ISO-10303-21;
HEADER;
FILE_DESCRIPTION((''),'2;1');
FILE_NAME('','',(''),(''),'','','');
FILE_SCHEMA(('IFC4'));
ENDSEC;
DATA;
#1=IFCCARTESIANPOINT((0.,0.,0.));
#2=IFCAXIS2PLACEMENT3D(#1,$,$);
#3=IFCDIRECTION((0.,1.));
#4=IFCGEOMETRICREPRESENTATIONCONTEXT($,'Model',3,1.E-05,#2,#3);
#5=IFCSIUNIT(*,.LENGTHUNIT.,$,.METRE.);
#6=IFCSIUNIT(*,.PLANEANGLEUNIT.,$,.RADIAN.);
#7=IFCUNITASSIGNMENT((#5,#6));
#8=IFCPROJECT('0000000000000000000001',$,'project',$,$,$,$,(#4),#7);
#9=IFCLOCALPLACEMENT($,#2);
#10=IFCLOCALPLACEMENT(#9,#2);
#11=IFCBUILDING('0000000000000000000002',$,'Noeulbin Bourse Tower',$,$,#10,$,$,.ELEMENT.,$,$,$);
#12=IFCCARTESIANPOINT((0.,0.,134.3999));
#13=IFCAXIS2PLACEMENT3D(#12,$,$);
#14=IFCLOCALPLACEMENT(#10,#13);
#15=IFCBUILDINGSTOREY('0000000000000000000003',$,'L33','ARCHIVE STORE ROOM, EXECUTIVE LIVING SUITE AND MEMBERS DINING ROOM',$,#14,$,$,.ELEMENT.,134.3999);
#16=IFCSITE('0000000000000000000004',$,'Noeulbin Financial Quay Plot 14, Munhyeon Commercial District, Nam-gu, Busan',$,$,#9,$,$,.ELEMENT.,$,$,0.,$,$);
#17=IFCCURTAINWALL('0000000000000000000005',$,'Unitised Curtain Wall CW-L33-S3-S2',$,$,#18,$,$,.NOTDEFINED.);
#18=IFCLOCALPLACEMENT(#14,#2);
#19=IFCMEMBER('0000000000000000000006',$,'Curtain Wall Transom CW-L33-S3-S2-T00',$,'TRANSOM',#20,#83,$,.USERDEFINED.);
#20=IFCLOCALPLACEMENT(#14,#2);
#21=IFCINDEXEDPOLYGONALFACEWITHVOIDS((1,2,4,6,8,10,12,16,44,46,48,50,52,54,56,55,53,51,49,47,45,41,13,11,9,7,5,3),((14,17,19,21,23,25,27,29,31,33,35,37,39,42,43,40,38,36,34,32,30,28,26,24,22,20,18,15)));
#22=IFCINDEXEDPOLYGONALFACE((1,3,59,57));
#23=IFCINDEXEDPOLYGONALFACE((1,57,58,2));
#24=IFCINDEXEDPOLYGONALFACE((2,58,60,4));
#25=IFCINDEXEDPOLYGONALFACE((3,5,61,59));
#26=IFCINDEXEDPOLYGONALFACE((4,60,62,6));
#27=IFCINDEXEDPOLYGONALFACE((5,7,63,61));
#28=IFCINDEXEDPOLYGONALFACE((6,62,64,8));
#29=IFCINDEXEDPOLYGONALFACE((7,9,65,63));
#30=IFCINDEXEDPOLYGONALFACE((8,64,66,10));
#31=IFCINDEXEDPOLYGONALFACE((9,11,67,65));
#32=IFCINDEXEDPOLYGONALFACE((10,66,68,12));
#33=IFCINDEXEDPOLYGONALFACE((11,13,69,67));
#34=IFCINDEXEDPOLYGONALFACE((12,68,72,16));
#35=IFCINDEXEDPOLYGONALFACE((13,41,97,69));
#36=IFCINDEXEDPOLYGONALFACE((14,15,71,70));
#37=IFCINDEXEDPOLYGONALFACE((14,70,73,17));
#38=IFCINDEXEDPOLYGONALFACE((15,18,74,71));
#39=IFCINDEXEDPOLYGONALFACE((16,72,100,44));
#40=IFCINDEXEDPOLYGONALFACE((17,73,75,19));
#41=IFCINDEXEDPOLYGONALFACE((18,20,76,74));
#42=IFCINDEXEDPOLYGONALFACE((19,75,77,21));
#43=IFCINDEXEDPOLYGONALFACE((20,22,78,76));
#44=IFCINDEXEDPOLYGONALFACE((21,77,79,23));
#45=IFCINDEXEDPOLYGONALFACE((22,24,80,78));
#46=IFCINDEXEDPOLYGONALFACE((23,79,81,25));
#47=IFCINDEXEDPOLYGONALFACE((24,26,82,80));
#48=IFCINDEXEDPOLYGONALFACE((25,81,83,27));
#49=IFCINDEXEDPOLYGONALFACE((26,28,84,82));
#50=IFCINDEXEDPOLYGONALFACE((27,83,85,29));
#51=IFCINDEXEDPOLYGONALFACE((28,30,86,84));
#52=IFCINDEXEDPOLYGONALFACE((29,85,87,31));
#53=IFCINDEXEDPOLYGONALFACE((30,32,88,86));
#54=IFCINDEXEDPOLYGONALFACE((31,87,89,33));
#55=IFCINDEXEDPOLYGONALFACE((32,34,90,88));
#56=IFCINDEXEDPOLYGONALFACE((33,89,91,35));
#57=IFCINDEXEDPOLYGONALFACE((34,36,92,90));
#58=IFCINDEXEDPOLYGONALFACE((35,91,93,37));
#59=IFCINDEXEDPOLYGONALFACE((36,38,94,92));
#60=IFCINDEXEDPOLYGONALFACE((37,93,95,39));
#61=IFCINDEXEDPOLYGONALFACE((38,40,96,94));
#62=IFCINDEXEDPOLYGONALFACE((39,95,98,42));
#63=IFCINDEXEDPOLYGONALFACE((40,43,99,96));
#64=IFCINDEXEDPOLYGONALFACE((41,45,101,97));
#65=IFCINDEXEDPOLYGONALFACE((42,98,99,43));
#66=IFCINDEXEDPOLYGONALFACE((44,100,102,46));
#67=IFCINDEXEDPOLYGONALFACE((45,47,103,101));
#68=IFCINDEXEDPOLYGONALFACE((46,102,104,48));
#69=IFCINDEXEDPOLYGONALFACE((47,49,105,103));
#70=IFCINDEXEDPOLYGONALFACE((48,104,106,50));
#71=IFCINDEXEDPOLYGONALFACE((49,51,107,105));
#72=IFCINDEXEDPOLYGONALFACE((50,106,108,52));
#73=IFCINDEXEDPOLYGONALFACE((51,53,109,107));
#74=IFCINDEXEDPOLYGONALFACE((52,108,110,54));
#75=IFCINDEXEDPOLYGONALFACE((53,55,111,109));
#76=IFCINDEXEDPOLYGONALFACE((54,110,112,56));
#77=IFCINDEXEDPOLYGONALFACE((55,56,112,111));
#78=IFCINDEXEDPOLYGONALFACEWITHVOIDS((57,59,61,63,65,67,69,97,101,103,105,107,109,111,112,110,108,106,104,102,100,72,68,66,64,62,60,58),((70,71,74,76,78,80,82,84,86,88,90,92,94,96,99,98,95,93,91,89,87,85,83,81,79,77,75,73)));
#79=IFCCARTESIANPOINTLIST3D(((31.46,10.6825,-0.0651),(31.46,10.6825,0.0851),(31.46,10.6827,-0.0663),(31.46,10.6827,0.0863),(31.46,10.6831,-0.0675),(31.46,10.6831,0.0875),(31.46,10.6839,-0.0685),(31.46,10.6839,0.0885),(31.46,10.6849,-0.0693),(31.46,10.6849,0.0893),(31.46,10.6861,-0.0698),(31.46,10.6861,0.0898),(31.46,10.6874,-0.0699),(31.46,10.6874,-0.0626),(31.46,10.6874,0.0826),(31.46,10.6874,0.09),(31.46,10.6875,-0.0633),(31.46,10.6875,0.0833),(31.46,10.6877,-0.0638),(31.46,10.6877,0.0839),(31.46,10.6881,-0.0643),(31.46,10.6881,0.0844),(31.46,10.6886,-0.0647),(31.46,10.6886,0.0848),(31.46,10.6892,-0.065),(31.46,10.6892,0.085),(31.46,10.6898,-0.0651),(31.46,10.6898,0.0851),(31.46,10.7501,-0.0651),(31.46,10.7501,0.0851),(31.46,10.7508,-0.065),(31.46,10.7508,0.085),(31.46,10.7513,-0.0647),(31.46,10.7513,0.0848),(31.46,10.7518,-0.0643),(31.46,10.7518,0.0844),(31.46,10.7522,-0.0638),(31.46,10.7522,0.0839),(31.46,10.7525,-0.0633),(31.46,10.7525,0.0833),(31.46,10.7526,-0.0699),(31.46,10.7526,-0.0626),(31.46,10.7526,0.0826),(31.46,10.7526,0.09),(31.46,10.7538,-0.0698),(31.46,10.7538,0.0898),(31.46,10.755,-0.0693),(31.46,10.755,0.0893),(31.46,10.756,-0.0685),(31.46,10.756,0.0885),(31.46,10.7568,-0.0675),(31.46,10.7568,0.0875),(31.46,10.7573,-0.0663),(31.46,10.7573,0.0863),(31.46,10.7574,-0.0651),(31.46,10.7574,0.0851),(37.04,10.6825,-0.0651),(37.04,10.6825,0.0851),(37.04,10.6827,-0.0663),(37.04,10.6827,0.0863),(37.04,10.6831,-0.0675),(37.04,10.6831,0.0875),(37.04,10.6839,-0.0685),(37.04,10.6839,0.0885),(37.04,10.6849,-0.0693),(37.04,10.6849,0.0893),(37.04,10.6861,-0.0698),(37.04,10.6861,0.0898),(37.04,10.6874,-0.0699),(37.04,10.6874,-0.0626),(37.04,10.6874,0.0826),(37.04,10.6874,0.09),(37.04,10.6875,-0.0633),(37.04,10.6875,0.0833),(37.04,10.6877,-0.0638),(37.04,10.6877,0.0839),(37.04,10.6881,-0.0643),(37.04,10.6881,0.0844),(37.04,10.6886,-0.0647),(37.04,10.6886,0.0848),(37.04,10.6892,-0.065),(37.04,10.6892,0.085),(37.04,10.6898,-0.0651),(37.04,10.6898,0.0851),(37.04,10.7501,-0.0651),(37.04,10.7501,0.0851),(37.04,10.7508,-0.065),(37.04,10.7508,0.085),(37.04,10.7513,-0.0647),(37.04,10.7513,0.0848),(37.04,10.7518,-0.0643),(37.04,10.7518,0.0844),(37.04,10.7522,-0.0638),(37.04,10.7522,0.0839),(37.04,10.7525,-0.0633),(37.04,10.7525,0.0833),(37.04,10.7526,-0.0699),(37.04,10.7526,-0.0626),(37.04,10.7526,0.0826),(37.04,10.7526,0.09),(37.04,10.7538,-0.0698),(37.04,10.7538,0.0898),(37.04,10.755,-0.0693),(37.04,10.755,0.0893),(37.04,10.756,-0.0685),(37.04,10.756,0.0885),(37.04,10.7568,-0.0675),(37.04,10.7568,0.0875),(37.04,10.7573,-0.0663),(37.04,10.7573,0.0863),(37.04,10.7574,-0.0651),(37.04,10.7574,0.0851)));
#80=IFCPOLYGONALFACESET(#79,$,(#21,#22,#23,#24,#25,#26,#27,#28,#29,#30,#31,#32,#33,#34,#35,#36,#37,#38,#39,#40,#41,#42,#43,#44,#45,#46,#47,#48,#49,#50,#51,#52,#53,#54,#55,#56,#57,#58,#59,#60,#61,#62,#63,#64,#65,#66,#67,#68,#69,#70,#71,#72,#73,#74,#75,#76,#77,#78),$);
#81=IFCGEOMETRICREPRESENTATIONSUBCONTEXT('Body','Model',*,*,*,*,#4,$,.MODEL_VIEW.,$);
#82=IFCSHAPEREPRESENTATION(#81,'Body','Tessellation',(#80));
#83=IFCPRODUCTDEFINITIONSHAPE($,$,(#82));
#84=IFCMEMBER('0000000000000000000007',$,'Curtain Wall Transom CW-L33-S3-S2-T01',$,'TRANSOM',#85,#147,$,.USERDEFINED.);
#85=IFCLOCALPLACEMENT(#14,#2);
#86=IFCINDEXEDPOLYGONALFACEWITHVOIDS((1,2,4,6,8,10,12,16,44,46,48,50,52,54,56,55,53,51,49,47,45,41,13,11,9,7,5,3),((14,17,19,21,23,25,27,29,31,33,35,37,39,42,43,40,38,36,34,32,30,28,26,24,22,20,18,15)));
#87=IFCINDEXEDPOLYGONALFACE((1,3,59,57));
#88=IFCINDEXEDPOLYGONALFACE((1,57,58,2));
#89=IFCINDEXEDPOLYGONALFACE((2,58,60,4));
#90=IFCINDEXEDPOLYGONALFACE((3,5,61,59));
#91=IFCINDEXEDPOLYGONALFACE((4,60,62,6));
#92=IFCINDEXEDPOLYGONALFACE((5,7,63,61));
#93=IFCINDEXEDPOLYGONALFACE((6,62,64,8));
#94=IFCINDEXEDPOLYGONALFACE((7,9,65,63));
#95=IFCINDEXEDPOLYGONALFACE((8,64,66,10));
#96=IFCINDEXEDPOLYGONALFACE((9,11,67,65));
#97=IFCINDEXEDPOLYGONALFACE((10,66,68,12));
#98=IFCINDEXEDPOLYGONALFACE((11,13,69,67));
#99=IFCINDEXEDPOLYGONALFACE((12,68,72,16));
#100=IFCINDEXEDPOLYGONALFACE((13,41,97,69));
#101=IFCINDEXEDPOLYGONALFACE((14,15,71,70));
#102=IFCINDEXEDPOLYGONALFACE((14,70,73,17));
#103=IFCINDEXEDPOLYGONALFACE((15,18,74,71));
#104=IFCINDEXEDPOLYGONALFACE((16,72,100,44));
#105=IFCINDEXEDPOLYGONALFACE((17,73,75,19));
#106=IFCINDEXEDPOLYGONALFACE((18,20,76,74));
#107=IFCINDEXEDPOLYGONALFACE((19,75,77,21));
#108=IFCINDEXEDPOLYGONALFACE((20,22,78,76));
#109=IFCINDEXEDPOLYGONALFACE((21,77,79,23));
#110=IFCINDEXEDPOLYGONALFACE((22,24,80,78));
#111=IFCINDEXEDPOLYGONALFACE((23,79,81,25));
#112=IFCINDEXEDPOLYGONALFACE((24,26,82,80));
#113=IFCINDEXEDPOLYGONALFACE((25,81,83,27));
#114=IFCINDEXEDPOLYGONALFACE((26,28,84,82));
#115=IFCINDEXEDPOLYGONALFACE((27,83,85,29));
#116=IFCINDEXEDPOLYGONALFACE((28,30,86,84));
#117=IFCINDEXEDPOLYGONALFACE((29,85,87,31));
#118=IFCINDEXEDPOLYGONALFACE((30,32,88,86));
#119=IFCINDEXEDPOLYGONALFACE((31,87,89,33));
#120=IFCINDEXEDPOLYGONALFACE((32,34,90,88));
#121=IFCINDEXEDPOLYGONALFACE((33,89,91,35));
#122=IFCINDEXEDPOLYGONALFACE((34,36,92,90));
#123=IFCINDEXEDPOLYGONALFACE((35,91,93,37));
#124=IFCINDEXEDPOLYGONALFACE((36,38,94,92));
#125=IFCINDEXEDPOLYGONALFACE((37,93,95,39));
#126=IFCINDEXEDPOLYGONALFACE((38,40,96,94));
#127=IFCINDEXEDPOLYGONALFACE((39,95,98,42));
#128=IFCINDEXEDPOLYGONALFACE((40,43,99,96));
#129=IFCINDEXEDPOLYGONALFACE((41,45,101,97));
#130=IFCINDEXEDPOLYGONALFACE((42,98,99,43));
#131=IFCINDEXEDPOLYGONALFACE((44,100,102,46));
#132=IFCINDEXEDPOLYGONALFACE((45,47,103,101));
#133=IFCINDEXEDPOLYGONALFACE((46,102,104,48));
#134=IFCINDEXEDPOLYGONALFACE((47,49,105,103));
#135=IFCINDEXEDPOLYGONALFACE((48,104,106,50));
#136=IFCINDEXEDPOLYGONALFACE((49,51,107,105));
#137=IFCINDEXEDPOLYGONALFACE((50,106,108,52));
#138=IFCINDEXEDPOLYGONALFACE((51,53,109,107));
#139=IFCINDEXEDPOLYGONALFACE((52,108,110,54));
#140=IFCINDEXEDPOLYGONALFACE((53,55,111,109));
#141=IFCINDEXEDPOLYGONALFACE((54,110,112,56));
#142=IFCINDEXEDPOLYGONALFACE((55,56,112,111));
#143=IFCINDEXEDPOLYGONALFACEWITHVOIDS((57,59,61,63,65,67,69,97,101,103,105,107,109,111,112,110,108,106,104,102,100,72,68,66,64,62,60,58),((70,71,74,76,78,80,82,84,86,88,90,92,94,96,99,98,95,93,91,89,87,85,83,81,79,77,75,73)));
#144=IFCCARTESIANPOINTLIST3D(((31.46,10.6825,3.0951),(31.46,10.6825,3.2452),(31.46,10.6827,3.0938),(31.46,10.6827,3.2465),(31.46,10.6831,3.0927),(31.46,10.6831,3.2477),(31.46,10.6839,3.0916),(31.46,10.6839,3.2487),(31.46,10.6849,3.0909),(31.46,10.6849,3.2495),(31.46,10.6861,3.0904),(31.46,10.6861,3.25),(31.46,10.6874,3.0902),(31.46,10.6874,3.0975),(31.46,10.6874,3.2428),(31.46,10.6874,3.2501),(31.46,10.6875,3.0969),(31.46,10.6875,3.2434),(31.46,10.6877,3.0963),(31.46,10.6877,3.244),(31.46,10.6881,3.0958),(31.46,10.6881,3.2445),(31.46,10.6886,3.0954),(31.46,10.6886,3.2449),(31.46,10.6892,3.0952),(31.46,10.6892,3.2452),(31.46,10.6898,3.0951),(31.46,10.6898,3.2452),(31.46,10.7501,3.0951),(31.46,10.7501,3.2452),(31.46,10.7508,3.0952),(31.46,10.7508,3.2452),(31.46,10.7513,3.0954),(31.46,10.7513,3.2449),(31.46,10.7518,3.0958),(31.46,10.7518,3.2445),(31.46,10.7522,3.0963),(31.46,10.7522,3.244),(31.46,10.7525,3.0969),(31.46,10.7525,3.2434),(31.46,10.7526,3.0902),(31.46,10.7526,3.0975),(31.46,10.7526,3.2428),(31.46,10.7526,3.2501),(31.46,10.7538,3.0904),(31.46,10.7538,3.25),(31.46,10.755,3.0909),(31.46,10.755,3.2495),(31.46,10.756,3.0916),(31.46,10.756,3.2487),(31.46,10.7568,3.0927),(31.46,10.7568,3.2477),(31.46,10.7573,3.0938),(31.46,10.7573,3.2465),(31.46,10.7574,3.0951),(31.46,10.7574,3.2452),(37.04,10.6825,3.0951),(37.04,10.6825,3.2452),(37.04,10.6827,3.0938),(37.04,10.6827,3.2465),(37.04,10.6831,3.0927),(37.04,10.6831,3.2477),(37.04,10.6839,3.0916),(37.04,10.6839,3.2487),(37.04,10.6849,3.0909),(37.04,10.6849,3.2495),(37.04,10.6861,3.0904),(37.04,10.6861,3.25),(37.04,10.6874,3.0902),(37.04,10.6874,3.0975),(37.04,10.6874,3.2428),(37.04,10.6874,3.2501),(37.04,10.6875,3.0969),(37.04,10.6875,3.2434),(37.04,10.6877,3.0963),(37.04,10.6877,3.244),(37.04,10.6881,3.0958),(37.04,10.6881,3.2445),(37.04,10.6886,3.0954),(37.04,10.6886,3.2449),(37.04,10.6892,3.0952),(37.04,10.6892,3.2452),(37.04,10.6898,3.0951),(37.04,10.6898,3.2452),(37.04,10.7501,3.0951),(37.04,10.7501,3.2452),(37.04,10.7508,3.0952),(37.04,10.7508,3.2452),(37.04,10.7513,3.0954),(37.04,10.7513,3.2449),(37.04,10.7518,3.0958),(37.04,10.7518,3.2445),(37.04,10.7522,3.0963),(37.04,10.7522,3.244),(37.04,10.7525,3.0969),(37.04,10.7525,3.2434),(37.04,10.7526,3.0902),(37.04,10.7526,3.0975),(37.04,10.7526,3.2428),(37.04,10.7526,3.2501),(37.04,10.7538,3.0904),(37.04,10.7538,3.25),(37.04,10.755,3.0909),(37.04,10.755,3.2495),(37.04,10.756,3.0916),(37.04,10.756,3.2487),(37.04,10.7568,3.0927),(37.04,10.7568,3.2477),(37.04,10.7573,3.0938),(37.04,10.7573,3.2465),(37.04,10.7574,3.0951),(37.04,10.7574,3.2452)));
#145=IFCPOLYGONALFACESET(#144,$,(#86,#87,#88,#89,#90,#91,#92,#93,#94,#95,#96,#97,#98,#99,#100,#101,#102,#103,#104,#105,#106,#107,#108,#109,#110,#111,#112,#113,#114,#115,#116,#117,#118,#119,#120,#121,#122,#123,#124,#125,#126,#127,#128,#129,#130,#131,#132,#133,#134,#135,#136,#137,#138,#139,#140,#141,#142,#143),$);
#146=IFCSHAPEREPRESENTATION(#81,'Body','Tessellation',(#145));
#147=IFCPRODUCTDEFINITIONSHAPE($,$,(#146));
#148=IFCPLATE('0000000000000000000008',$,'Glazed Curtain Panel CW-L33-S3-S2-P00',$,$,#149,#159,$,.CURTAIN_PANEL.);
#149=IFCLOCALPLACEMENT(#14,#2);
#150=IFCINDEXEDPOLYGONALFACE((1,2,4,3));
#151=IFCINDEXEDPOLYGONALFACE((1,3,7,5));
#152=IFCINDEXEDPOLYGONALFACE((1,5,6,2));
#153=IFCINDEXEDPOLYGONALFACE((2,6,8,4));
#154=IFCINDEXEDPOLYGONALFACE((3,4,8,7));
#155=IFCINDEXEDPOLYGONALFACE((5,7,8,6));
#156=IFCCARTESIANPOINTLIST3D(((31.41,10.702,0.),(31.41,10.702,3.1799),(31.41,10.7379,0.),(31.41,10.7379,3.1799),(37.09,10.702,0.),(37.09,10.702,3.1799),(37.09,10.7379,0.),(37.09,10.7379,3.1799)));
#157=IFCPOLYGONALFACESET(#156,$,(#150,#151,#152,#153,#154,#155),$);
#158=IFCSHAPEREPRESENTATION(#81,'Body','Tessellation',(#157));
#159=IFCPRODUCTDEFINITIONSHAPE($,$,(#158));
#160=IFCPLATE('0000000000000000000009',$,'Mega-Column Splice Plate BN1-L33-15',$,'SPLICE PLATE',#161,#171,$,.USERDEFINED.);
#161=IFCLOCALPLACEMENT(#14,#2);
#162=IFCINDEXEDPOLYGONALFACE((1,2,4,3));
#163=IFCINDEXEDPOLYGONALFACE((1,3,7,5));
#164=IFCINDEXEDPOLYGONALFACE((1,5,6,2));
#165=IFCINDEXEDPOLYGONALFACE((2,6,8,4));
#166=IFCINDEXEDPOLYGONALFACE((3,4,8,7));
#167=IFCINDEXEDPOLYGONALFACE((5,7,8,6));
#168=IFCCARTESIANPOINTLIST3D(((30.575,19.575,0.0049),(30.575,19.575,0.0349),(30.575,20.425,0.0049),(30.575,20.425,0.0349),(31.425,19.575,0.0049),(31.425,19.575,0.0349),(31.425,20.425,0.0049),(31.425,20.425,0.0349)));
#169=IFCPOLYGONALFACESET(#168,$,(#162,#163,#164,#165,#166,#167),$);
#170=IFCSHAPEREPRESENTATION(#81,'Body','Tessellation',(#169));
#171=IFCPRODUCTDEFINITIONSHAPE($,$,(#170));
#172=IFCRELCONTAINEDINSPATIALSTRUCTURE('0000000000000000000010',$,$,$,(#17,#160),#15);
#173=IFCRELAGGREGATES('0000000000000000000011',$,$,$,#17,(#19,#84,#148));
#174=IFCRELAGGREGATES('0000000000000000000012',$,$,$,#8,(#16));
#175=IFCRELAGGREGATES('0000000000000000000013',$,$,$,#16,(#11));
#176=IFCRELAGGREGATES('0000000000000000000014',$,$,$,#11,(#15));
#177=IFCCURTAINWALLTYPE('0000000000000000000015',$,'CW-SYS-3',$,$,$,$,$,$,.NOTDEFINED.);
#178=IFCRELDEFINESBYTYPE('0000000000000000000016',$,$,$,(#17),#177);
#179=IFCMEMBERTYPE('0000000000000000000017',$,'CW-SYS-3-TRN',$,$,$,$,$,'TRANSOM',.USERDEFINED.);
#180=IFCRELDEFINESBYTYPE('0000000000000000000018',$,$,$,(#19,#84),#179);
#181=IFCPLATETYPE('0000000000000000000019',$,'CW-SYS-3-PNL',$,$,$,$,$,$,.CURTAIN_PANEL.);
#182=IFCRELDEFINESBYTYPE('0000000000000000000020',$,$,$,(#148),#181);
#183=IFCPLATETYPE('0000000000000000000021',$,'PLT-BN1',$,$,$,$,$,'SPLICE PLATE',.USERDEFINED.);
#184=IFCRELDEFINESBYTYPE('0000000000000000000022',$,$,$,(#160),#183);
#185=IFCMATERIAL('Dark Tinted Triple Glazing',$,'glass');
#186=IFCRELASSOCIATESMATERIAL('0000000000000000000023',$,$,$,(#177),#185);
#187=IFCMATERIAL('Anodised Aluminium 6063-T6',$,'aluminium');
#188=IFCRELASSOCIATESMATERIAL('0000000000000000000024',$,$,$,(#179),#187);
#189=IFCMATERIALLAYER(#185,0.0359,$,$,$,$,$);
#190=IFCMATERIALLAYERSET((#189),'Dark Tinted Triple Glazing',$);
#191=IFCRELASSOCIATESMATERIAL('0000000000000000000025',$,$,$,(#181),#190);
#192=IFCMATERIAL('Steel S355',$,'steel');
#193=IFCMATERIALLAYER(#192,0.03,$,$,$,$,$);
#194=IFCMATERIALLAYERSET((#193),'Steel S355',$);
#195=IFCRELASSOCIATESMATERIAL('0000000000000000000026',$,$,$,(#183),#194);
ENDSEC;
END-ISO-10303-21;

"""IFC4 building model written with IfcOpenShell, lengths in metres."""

from ifc_helpers import new_model, si_unit, direction, frame, origin, origin_2d, place, context, subcontext, project, spatial, rectangle, hollow_rectangle, extrude, material, layer, layer_set, material_profile, profile_set, type_object, element, aggregate, save


model = new_model("IFC4")

# Units and contexts
model_context = context("Model", 3, precision=1e-05, world=origin(), true_north=direction((0.0, 1.0)))
body_context = subcontext(model_context, "Body", "Model", "MODEL_VIEW")
ifc_project = project(units=[si_unit("LENGTHUNIT", "METRE"), si_unit("PLANEANGLEUNIT", "RADIAN")], contexts=[model_context])

# Site, building, storey
site_placement = place(None, origin())
site = spatial("IfcSite", under=ifc_project, at=site_placement, Name="Noeulbin Financial Quay Plot 14, Munhyeon Commercial District, Nam-gu, Busan", CompositionType="ELEMENT", RefElevation=0.0)
building_placement = place(site_placement, origin())
building = spatial("IfcBuilding", under=site, at=building_placement, Name="Noeulbin Bourse Tower", CompositionType="ELEMENT")
storey_placement = place(building_placement, frame((0.0, 0.0, 134.3999)))
storey = spatial("IfcBuildingStorey", under=building, at=storey_placement, Name="L33", Description="ARCHIVE STORE ROOM, EXECUTIVE LIVING SUITE AND MEMBERS DINING ROOM", CompositionType="ELEMENT", Elevation=134.3999)

# Shared definitions
ifc_material_1 = material(Name="Steel S355", Category="steel")

# Curtain wall, members, plate
ifc_material_2 = material(Name="Dark Tinted Triple Glazing", Category="glass")
curtain_wall_type = type_object("IfcCurtainWallType", Name="CW-SYS-3", PredefinedType="NOTDEFINED", material=ifc_material_2)
curtain_wall_placement = place(storey_placement, origin())
curtain_wall = element("IfcCurtainWall", 1, at=curtain_wall_placement, inside=storey, type_object=curtain_wall_type, Name="Unitised Curtain Wall CW-L33-S3-S2", PredefinedType="NOTDEFINED")
ifc_material_3 = material(Name="Anodised Aluminium 6063-T6", Category="aluminium")
ifc_material_profile_1 = material_profile(ifc_material_3, hollow_rectangle(XDim=0.075, YDim=0.1599, WallThickness=0.0049, InnerFilletRadius=0.0024, OuterFilletRadius=0.0049, at=origin_2d()), Name="ALU-TRAN-75x160x5", Category="LoadBearing")
ifc_profile_set_1 = profile_set([ifc_material_profile_1], Name="Anodised Aluminium 6063-T6")
member_type_1 = type_object("IfcMemberType", Name="CW-SYS-3-TRN", ElementType="TRANSOM", PredefinedType="USERDEFINED", material=ifc_profile_set_1)
member_1_placement = place(storey_placement, frame((31.46, 10.72, 0.01), z_axis=(1.0, 0.0, 0.0), x_axis=(0.0, 1.0, 0.0)))
member_1 = element("IfcMember", 2, at=member_1_placement, type_object=member_type_1, Name="Curtain Wall Transom CW-L33-S3-S2-T00", ObjectType="TRANSOM", PredefinedType="USERDEFINED", context=body_context, shape_type="SweptSolid", body=[
    extrude(hollow_rectangle(XDim=0.075, YDim=0.1599, WallThickness=0.0049, InnerFilletRadius=0.0024, OuterFilletRadius=0.0049, at=origin_2d()), origin(), (0.0, 0.0, 1.0), 5.5801),
])
member_2_placement = place(storey_placement, frame((31.46, 10.72, 3.1702), z_axis=(1.0, 0.0, 0.0), x_axis=(0.0, 1.0, 0.0)))
member_2 = element("IfcMember", 3, at=member_2_placement, type_object=member_type_1, Name="Curtain Wall Transom CW-L33-S3-S2-T01", ObjectType="TRANSOM", PredefinedType="USERDEFINED", context=body_context, shape_type="SweptSolid", body=[
    extrude(hollow_rectangle(XDim=0.075, YDim=0.1599, WallThickness=0.0049, InnerFilletRadius=0.0024, OuterFilletRadius=0.0049, at=origin_2d()), origin(), (0.0, 0.0, 1.0), 5.5801),
])
ifc_layer_1 = layer(ifc_material_2, 0.0359)
ifc_layer_set_1 = layer_set([ifc_layer_1], Name="Dark Tinted Triple Glazing")
plate_type_1 = type_object("IfcPlateType", Name="CW-SYS-3-PNL", PredefinedType="CURTAIN_PANEL", material=ifc_layer_set_1)
plate_1_placement = place(storey_placement, frame((34.25, 10.72, 0.0), z_axis=(0.0, 0.0, 1.0), x_axis=(1.0, 0.0, 0.0)))
plate_1 = element("IfcPlate", 4, at=plate_1_placement, type_object=plate_type_1, Name="Glazed Curtain Panel CW-L33-S3-S2-P00", PredefinedType="CURTAIN_PANEL", context=body_context, shape_type="SweptSolid", body=[
    extrude(rectangle(XDim=5.6799, YDim=0.0359, at=origin_2d()), origin(), (0.0, 0.0, 1.0), 3.1799),
])
aggregate(curtain_wall, [member_1, member_2, plate_1])

# Plate
ifc_layer_2 = layer(ifc_material_1, 0.03)
ifc_layer_set_2 = layer_set([ifc_layer_2], Name="Steel S355")
plate_type_2 = type_object("IfcPlateType", Name="PLT-BN1", ElementType="SPLICE PLATE", PredefinedType="USERDEFINED", material=ifc_layer_set_2)
plate_2_placement = place(storey_placement, frame((31.0, 20.0, 0.0049), z_axis=(0.0, 0.0, 1.0), x_axis=(1.0, 0.0, 0.0)))
element("IfcPlate", 5, at=plate_2_placement, inside=storey, type_object=plate_type_2, Name="Mega-Column Splice Plate BN1-L33-15", ObjectType="SPLICE PLATE", PredefinedType="USERDEFINED", context=body_context, shape_type="SweptSolid", body=[
    extrude(rectangle(XDim=0.8501, YDim=0.8501, at=origin_2d()), origin(), (0.0, 0.0, 1.0), 0.03),
])

save(model, "model.ifc")
